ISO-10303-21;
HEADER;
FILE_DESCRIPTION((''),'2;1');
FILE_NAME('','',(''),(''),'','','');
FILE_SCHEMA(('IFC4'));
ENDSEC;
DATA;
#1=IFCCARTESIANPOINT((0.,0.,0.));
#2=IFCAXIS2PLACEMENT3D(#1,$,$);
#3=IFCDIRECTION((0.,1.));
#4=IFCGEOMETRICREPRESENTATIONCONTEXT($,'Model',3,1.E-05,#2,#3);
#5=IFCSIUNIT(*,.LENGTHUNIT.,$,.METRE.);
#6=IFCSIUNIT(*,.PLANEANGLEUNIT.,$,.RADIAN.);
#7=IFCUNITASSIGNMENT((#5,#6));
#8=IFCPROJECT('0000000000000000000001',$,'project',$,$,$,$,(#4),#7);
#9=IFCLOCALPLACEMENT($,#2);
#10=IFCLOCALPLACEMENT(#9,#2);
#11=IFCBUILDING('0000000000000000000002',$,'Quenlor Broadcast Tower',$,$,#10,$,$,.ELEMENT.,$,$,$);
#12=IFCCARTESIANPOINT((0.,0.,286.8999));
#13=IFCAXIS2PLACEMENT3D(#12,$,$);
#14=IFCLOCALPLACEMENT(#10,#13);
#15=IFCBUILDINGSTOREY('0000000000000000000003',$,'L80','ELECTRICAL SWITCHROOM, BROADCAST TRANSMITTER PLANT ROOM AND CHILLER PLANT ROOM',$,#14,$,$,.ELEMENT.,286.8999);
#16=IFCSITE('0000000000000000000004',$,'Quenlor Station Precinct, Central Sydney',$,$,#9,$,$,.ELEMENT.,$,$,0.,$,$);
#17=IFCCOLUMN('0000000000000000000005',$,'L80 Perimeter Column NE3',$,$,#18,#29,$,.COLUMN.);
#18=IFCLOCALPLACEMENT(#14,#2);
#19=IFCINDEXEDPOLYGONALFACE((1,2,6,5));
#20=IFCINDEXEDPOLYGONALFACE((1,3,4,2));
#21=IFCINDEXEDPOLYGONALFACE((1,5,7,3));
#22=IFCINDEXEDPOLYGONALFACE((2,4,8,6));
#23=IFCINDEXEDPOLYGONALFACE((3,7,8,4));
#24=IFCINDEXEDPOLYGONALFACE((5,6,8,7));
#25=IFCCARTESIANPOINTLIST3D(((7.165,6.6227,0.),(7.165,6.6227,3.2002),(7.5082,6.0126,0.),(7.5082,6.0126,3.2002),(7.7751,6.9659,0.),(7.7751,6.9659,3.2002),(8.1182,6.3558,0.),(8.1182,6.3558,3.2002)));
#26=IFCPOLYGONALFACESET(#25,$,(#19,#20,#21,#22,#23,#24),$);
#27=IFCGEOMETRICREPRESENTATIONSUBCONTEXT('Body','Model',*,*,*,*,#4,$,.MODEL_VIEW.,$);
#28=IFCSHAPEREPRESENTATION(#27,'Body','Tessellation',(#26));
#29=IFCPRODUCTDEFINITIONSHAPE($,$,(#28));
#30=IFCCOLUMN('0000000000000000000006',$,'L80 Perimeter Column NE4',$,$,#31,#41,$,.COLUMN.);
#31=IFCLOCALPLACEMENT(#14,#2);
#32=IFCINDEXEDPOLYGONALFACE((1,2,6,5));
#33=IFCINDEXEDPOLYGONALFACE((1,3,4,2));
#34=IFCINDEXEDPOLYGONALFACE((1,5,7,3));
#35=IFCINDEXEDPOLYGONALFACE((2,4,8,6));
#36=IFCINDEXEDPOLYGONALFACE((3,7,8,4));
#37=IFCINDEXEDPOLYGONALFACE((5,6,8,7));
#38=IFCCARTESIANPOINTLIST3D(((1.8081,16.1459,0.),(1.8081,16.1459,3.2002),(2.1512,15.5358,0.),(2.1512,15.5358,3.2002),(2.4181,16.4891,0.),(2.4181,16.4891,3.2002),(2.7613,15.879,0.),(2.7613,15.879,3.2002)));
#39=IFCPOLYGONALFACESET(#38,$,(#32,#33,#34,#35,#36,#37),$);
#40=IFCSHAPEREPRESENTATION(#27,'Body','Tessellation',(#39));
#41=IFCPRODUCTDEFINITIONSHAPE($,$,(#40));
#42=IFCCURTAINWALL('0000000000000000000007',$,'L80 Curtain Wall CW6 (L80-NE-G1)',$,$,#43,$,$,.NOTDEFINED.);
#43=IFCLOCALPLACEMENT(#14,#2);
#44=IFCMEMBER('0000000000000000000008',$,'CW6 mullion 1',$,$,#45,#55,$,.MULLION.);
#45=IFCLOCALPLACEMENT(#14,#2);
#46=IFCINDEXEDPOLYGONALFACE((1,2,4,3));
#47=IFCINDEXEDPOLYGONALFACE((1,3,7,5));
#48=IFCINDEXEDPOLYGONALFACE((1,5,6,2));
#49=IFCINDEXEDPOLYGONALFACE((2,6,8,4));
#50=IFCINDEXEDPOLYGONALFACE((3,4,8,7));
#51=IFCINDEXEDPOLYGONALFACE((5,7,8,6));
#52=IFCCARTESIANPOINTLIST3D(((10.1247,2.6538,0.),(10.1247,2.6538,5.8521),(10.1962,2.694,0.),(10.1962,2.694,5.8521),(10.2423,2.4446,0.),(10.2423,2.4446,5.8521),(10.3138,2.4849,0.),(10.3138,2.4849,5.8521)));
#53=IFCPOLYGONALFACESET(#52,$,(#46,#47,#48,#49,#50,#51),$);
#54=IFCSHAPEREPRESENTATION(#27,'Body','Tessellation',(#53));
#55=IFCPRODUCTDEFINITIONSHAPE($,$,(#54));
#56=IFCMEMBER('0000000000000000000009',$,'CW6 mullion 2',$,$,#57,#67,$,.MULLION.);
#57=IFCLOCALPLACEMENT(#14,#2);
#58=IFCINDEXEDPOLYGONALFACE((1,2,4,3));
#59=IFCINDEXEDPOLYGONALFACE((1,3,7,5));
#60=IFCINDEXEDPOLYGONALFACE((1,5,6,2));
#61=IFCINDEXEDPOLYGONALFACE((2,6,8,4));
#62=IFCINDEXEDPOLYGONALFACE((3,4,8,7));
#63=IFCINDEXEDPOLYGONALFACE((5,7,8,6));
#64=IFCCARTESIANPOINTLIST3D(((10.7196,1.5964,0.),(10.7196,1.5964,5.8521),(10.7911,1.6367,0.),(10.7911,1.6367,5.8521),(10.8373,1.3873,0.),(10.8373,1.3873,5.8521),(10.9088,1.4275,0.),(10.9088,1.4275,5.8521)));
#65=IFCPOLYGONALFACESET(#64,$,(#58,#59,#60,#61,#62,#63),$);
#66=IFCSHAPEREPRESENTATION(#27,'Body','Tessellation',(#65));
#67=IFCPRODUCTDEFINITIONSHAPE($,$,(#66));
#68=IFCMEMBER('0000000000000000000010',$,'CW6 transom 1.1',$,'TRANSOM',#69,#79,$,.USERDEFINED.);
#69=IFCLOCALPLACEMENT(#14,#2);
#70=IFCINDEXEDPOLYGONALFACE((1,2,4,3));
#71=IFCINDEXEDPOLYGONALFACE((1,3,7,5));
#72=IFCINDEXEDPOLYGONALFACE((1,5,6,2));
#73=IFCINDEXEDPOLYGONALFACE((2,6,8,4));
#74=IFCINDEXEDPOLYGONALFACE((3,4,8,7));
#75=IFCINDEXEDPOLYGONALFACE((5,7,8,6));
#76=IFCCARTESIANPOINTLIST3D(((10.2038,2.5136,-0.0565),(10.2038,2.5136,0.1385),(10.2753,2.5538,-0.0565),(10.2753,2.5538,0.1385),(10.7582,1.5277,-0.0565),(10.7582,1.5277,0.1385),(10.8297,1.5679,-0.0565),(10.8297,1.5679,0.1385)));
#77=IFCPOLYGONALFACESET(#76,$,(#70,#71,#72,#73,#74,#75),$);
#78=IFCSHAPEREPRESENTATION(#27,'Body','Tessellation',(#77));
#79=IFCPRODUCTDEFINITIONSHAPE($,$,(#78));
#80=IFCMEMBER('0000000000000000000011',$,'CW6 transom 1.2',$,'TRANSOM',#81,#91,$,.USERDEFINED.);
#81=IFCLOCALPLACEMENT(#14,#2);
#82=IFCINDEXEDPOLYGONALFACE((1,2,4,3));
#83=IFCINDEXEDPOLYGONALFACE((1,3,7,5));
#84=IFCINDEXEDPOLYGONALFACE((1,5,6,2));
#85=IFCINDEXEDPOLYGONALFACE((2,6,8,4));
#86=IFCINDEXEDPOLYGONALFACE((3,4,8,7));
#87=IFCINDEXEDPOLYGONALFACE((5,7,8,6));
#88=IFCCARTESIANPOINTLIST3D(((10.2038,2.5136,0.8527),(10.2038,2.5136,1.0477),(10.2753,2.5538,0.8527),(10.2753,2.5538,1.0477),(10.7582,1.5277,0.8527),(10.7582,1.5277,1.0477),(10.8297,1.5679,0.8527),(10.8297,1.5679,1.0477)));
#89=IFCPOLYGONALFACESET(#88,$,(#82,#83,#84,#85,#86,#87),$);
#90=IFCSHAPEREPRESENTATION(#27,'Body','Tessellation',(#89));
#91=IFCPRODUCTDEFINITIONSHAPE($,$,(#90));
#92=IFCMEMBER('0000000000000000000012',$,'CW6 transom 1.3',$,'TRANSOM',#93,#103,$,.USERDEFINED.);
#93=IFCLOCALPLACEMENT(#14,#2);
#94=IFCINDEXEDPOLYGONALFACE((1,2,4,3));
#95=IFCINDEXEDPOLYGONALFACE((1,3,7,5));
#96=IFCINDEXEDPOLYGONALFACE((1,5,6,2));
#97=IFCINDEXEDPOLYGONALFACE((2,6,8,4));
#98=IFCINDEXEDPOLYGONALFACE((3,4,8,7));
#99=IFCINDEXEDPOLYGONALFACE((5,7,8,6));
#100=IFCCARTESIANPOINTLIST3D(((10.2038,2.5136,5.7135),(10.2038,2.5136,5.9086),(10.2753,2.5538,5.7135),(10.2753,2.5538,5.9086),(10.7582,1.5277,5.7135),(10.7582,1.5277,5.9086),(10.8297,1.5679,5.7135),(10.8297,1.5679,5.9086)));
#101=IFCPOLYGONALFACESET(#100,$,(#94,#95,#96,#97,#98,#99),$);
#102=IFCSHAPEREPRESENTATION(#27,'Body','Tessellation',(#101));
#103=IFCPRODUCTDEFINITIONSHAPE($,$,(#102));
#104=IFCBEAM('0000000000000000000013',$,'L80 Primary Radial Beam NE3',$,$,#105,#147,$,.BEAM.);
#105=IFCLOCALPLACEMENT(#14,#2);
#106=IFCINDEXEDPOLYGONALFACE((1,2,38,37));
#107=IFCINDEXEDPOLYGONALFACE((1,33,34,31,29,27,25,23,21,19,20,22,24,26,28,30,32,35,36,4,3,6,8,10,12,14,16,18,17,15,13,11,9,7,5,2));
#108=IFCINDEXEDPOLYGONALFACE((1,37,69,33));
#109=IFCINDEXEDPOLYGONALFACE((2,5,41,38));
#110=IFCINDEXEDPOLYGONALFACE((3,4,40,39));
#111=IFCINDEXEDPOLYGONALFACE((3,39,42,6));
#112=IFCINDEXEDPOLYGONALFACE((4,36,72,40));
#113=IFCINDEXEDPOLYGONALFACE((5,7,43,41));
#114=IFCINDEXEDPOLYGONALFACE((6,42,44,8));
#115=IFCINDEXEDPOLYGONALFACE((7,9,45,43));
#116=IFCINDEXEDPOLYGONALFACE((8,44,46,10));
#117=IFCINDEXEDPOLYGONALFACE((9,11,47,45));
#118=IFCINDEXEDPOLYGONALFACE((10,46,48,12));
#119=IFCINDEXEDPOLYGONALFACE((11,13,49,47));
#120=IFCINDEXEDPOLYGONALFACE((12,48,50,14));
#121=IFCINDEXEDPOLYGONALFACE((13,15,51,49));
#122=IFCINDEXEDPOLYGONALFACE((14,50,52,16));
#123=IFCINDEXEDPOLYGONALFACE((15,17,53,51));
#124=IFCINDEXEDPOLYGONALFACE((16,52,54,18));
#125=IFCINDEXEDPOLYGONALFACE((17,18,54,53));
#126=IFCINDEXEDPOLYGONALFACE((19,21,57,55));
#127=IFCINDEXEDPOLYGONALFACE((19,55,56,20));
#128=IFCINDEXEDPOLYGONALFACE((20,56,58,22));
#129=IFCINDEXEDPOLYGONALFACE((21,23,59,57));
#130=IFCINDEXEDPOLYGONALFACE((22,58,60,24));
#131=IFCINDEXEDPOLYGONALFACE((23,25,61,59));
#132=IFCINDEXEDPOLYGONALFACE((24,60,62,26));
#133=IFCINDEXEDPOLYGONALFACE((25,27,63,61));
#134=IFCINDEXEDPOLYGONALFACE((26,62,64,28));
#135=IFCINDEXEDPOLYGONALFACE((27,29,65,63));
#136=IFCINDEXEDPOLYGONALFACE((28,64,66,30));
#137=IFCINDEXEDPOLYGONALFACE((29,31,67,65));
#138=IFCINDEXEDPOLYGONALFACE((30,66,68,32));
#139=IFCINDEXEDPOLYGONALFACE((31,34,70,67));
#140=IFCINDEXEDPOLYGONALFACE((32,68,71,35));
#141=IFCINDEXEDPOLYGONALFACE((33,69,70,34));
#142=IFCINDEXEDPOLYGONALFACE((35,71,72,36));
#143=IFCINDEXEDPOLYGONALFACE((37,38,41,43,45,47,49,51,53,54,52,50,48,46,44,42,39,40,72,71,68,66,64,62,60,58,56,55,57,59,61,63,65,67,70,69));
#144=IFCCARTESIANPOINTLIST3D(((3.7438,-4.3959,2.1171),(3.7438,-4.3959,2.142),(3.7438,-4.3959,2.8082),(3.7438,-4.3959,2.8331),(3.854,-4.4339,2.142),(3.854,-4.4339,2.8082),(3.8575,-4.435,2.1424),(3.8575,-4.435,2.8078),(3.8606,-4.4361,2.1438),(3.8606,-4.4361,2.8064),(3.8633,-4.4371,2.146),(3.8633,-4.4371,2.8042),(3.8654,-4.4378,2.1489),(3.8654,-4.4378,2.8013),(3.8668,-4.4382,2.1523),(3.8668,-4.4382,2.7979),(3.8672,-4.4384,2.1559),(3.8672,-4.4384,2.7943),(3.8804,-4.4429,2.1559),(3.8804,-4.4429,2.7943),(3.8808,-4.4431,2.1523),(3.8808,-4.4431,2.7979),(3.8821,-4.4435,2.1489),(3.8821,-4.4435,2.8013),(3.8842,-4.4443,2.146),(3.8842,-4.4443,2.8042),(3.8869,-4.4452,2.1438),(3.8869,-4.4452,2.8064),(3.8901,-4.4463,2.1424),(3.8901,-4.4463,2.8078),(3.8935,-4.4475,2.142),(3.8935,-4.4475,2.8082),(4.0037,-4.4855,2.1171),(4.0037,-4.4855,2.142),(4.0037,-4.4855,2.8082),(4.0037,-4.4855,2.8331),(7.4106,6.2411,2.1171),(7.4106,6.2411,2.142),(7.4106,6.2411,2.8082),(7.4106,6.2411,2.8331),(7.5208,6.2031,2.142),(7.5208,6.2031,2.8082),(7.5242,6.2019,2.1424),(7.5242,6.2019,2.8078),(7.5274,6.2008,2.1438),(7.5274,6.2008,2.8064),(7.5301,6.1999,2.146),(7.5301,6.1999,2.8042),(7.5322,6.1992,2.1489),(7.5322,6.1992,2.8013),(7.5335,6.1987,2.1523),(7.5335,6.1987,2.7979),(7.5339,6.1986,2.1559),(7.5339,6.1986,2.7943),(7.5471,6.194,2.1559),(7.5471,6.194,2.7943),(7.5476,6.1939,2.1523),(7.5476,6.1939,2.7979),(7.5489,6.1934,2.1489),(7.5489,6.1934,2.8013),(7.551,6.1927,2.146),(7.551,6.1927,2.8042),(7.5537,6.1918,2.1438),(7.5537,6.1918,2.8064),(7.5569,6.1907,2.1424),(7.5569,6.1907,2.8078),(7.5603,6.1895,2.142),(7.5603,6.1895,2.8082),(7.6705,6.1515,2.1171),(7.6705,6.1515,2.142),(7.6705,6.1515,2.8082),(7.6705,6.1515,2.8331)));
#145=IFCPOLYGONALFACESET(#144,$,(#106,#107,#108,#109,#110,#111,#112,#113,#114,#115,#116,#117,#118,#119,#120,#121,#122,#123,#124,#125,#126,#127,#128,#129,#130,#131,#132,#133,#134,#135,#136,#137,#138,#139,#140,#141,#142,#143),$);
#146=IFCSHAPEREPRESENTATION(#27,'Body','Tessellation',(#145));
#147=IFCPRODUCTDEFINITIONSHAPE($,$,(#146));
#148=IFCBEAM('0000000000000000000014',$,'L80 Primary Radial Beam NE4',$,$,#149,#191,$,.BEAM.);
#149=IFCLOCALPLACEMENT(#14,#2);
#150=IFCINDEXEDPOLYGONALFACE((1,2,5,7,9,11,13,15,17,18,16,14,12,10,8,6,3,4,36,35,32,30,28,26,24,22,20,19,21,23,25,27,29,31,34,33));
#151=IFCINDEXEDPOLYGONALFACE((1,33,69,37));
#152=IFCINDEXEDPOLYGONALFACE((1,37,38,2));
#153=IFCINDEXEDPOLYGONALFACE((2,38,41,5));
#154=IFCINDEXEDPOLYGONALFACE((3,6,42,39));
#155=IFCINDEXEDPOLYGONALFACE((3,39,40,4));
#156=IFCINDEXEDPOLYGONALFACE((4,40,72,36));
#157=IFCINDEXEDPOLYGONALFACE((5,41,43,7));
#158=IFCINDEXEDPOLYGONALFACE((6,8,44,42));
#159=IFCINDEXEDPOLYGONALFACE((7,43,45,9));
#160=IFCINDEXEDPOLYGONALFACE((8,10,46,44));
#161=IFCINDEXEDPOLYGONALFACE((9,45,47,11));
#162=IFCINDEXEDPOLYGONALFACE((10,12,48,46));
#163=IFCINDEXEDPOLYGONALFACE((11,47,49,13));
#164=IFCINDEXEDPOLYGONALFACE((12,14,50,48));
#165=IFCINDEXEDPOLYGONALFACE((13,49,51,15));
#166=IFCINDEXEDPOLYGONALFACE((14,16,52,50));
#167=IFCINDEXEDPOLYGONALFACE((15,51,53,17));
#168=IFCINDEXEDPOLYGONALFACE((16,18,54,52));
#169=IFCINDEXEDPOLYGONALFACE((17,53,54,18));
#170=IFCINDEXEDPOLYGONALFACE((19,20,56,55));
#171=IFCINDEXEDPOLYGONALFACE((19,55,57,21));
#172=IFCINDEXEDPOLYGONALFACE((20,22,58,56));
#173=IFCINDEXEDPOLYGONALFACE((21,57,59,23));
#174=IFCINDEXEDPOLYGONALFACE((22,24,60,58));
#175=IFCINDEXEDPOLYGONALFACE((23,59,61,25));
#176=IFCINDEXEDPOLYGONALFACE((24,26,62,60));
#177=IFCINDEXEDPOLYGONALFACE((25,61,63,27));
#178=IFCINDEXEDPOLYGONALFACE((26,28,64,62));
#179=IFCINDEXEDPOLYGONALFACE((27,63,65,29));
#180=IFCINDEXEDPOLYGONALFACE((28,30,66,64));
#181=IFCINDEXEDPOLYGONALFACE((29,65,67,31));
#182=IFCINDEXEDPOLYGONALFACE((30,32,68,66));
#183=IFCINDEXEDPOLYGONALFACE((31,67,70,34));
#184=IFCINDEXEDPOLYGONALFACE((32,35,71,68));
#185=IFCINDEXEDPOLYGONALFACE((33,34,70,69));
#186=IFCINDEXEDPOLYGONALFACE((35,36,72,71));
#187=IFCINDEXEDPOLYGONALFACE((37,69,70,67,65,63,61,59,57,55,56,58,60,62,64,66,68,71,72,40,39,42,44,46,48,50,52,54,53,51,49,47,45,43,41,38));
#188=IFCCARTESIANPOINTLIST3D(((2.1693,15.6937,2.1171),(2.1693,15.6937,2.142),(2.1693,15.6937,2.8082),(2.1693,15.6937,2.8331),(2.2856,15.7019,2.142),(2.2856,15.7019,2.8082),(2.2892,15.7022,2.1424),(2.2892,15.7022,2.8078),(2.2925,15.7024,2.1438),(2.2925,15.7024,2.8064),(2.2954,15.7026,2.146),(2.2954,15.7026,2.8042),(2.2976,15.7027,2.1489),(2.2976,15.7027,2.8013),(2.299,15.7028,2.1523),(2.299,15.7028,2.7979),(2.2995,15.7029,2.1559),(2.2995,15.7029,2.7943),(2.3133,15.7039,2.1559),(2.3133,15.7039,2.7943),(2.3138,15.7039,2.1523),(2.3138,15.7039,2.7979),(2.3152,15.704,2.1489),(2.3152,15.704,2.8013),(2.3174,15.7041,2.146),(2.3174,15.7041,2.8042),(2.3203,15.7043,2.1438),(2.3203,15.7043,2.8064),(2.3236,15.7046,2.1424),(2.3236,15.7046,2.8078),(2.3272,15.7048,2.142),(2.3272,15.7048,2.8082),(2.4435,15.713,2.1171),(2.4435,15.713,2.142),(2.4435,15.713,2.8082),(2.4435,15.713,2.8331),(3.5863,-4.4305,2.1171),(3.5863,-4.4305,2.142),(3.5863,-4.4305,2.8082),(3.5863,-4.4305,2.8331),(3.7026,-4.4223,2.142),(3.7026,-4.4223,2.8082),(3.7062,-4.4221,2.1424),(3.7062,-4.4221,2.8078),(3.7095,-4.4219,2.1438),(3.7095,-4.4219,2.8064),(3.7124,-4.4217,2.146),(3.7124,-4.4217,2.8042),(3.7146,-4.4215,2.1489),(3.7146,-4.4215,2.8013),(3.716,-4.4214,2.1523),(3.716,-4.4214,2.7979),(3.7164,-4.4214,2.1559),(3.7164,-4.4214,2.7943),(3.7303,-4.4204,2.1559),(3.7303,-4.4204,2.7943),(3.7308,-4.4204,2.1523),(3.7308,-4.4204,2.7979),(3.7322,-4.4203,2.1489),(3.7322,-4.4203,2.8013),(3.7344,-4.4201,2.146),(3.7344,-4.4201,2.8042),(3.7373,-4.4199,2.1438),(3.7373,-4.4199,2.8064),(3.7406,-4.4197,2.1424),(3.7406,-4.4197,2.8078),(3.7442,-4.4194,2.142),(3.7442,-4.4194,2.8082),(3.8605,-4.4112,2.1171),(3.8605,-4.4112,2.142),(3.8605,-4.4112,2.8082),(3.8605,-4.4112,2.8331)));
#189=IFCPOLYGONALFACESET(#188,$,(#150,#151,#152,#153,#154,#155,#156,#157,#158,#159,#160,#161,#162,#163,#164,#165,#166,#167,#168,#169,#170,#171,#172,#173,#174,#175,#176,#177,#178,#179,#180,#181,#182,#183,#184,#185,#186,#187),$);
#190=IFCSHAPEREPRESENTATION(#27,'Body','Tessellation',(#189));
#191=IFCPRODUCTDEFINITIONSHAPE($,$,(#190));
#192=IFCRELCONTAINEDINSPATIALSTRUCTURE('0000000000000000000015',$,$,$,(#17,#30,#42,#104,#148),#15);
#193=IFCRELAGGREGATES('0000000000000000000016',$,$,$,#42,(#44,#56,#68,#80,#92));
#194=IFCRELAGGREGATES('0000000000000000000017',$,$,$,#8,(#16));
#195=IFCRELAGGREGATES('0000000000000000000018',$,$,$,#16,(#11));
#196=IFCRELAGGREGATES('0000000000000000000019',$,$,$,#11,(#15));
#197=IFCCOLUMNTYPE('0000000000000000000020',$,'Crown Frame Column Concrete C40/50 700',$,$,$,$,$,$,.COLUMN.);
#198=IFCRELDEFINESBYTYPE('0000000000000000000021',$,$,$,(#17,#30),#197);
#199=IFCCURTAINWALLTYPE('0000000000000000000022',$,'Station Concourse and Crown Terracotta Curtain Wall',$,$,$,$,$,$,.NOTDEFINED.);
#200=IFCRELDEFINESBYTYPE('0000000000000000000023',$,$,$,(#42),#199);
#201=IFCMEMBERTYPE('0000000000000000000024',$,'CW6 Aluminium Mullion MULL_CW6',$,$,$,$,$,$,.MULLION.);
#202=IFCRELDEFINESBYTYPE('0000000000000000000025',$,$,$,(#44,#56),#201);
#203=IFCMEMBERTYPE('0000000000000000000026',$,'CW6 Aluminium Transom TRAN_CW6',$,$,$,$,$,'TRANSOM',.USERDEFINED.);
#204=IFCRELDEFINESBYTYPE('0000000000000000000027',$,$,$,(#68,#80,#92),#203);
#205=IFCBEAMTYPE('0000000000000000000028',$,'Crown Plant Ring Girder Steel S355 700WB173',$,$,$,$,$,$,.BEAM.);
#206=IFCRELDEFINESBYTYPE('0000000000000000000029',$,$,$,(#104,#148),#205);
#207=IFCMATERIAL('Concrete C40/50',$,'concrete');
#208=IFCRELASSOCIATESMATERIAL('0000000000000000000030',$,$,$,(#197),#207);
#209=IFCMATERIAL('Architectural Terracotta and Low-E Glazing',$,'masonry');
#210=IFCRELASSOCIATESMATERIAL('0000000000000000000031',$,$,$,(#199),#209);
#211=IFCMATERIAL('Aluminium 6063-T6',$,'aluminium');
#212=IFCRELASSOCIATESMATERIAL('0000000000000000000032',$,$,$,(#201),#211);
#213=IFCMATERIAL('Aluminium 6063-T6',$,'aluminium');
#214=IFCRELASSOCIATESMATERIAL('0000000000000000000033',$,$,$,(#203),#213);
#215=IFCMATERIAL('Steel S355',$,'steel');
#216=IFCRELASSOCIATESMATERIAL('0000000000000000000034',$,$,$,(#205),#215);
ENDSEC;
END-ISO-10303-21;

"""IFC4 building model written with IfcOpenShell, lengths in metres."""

from ifc_helpers import new_model, si_unit, direction, frame, origin, origin_2d, place, context, subcontext, project, spatial, rectangle, i_section, extrude, material, material_profile, profile_set, type_object, element, aggregate, save


model = new_model("IFC4")

# Units and contexts
model_context = context("Model", 3, precision=1e-05, world=origin(), true_north=direction((0.0, 1.0)))
body_context = subcontext(model_context, "Body", "Model", "MODEL_VIEW")
ifc_project = project(units=[si_unit("LENGTHUNIT", "METRE"), si_unit("PLANEANGLEUNIT", "RADIAN")], contexts=[model_context])

# Site, building, storey
site_placement = place(None, origin())
site = spatial("IfcSite", under=ifc_project, at=site_placement, Name="Quenlor Station Precinct, Central Sydney", CompositionType="ELEMENT", RefElevation=0.0)
building_placement = place(site_placement, origin())
building = spatial("IfcBuilding", under=site, at=building_placement, Name="Quenlor Broadcast Tower", CompositionType="ELEMENT")
storey_placement = place(building_placement, frame((0.0, 0.0, 286.8999)))
storey = spatial("IfcBuildingStorey", under=building, at=storey_placement, Name="L80", Description="ELECTRICAL SWITCHROOM, BROADCAST TRANSMITTER PLANT ROOM AND CHILLER PLANT ROOM", CompositionType="ELEMENT", Elevation=286.8999)

# Columns
ifc_material_1 = material(Name="Concrete C40/50", Category="concrete")
ifc_material_profile_1 = material_profile(ifc_material_1, rectangle(XDim=0.7, YDim=0.7, at=origin_2d()))
ifc_profile_set_1 = profile_set([ifc_material_profile_1], Name="Concrete C40/50 RC700x700")
column_type = type_object("IfcColumnType", Name="Crown Frame Column Concrete C40/50 700", PredefinedType="COLUMN", material=ifc_profile_set_1)
for number, where, z_axis, x_axis, name in (
    (1, (7.6416, 6.4893, 0.0), (0.0, 0.0, 1.0), (0.871575, 0.490262, 0.0), "L80 Perimeter Column NE3"),
    (2, (2.2847, 16.0125, 0.0), (0.0, 0.0, 1.0), (0.871575, 0.490262, 0.0), "L80 Perimeter Column NE4"),
):
    element("IfcColumn", number, at=place(storey_placement, frame(where, z_axis=z_axis, x_axis=x_axis)), inside=storey, type_object=column_type, Name=name, PredefinedType="COLUMN", context=body_context, shape_type="SweptSolid", body=[
        extrude(rectangle(XDim=0.7, YDim=0.7, at=origin_2d()), origin(), (0.0, 0.0, 1.0), 3.2002),
    ])

# Curtain wall, members
ifc_material_2 = material(Name="Architectural Terracotta and Low-E Glazing", Category="masonry")
curtain_wall_type = type_object("IfcCurtainWallType", Name="Station Concourse and Crown Terracotta Curtain Wall", PredefinedType="NOTDEFINED", material=ifc_material_2)
curtain_wall_placement = place(storey_placement, origin())
curtain_wall = element("IfcCurtainWall", 3, at=curtain_wall_placement, inside=storey, type_object=curtain_wall_type, Name="L80 Curtain Wall CW6 (L80-NE-G1)", PredefinedType="NOTDEFINED")
ifc_material_3 = material(Name="Aluminium 6063-T6", Category="aluminium")
ifc_material_profile_2 = material_profile(ifc_material_3, rectangle(XDim=0.082, YDim=0.24, at=origin_2d()))
ifc_profile_set_2 = profile_set([ifc_material_profile_2], Name="Aluminium 6063-T6 MULL82x240")
member_type_1 = type_object("IfcMemberType", Name="CW6 Aluminium Mullion MULL_CW6", PredefinedType="MULLION", material=ifc_profile_set_2)
member_1_placement = place(storey_placement, frame((10.2192, 2.5693, 0.0), z_axis=(0.0, 0.0, 1.0), x_axis=(0.871559, 0.490291, 0.0)))
member_1 = element("IfcMember", 4, at=member_1_placement, type_object=member_type_1, Name="CW6 mullion 1", PredefinedType="MULLION", context=body_context, shape_type="SweptSolid", body=[
    extrude(rectangle(XDim=0.082, YDim=0.24, at=origin_2d()), origin(), (0.0, 0.0, 1.0), 5.8521),
])
member_2_placement = place(storey_placement, frame((10.8142, 1.512, 0.0), z_axis=(0.0, 0.0, 1.0), x_axis=(0.871559, 0.490291, 0.0)))
member_2 = element("IfcMember", 5, at=member_2_placement, type_object=member_type_1, Name="CW6 mullion 2", PredefinedType="MULLION", context=body_context, shape_type="SweptSolid", body=[
    extrude(rectangle(XDim=0.082, YDim=0.24, at=origin_2d()), origin(), (0.0, 0.0, 1.0), 5.8521),
])
ifc_material_4 = material(Name="Aluminium 6063-T6", Category="aluminium")
ifc_material_profile_3 = material_profile(ifc_material_4, rectangle(XDim=0.082, YDim=0.1951, at=origin_2d()))
ifc_profile_set_3 = profile_set([ifc_material_profile_3], Name="Aluminium 6063-T6 TRAN82x195")
member_type_2 = type_object("IfcMemberType", Name="CW6 Aluminium Transom TRAN_CW6", ElementType="TRANSOM", PredefinedType="USERDEFINED", material=ifc_profile_set_3)
member_3_placement = place(storey_placement, frame((10.2395, 2.5337, 0.041), z_axis=(0.4902, -0.87161, 0.0), x_axis=(0.87161, 0.4902, 0.0)))
member_3 = element("IfcMember", 6, at=member_3_placement, type_object=member_type_2, Name="CW6 transom 1.1", ObjectType="TRANSOM", PredefinedType="USERDEFINED", context=body_context, shape_type="SweptSolid", body=[
    extrude(rectangle(XDim=0.082, YDim=0.1951, at=origin_2d()), origin(), (0.0, 0.0, 1.0), 1.1311),
])
member_4_placement = place(storey_placement, frame((10.2395, 2.5337, 0.9502), z_axis=(0.4902, -0.87161, 0.0), x_axis=(0.87161, 0.4902, 0.0)))
member_4 = element("IfcMember", 7, at=member_4_placement, type_object=member_type_2, Name="CW6 transom 1.2", ObjectType="TRANSOM", PredefinedType="USERDEFINED", context=body_context, shape_type="SweptSolid", body=[
    extrude(rectangle(XDim=0.082, YDim=0.1951, at=origin_2d()), origin(), (0.0, 0.0, 1.0), 1.1311),
])
member_5_placement = place(storey_placement, frame((10.2395, 2.5337, 5.811), z_axis=(0.4902, -0.87161, 0.0), x_axis=(0.87161, 0.4902, 0.0)))
member_5 = element("IfcMember", 8, at=member_5_placement, type_object=member_type_2, Name="CW6 transom 1.3", ObjectType="TRANSOM", PredefinedType="USERDEFINED", context=body_context, shape_type="SweptSolid", body=[
    extrude(rectangle(XDim=0.082, YDim=0.1951, at=origin_2d()), origin(), (0.0, 0.0, 1.0), 1.1311),
])

# Beams
ifc_material_5 = material(Name="Steel S355", Category="steel")
ifc_material_profile_4 = material_profile(ifc_material_5, i_section(OverallWidth=0.2749, OverallDepth=0.7161, WebThickness=0.0139, FlangeThickness=0.0249, FilletRadius=0.0139, at=origin_2d()))
ifc_profile_set_4 = profile_set([ifc_material_profile_4], Name="Steel S355 700WB173")
beam_type_1 = type_object("IfcBeamType", Name="Crown Plant Ring Girder Steel S355 700WB173", PredefinedType="BEAM", material=ifc_profile_set_4)
beam_1_placement = place(storey_placement, frame((7.5405, 6.1963, 2.4751), z_axis=(-0.325898, -0.945405, 0.0), x_axis=(0.945405, -0.325898, 0.0)))
element("IfcBeam", 9, at=beam_1_placement, inside=storey, type_object=beam_type_1, Name="L80 Primary Radial Beam NE3", PredefinedType="BEAM", context=body_context, shape_type="SweptSolid", body=[
    extrude(i_section(OverallWidth=0.2749, OverallDepth=0.7161, WebThickness=0.0139, FlangeThickness=0.0249, FilletRadius=0.0139, at=origin_2d()), origin(), (0.0, 0.0, 1.0), 11.2512),
])
beam_2_placement = place(storey_placement, frame((2.3064, 15.7034, 2.4751), z_axis=(0.070238, -0.99753, 0.0), x_axis=(0.99753, 0.070238, 0.0)))
element("IfcBeam", 10, at=beam_2_placement, inside=storey, type_object=beam_type_1, Name="L80 Primary Radial Beam NE4", PredefinedType="BEAM", context=body_context, shape_type="SweptSolid", body=[
    extrude(i_section(OverallWidth=0.2749, OverallDepth=0.7161, WebThickness=0.0139, FlangeThickness=0.0249, FilletRadius=0.0139, at=origin_2d()), origin(), (0.0, 0.0, 1.0), 20.1741),
])

aggregate(curtain_wall, [member_1, member_2, member_3, member_4, member_5])

save(model, "model.ifc")
